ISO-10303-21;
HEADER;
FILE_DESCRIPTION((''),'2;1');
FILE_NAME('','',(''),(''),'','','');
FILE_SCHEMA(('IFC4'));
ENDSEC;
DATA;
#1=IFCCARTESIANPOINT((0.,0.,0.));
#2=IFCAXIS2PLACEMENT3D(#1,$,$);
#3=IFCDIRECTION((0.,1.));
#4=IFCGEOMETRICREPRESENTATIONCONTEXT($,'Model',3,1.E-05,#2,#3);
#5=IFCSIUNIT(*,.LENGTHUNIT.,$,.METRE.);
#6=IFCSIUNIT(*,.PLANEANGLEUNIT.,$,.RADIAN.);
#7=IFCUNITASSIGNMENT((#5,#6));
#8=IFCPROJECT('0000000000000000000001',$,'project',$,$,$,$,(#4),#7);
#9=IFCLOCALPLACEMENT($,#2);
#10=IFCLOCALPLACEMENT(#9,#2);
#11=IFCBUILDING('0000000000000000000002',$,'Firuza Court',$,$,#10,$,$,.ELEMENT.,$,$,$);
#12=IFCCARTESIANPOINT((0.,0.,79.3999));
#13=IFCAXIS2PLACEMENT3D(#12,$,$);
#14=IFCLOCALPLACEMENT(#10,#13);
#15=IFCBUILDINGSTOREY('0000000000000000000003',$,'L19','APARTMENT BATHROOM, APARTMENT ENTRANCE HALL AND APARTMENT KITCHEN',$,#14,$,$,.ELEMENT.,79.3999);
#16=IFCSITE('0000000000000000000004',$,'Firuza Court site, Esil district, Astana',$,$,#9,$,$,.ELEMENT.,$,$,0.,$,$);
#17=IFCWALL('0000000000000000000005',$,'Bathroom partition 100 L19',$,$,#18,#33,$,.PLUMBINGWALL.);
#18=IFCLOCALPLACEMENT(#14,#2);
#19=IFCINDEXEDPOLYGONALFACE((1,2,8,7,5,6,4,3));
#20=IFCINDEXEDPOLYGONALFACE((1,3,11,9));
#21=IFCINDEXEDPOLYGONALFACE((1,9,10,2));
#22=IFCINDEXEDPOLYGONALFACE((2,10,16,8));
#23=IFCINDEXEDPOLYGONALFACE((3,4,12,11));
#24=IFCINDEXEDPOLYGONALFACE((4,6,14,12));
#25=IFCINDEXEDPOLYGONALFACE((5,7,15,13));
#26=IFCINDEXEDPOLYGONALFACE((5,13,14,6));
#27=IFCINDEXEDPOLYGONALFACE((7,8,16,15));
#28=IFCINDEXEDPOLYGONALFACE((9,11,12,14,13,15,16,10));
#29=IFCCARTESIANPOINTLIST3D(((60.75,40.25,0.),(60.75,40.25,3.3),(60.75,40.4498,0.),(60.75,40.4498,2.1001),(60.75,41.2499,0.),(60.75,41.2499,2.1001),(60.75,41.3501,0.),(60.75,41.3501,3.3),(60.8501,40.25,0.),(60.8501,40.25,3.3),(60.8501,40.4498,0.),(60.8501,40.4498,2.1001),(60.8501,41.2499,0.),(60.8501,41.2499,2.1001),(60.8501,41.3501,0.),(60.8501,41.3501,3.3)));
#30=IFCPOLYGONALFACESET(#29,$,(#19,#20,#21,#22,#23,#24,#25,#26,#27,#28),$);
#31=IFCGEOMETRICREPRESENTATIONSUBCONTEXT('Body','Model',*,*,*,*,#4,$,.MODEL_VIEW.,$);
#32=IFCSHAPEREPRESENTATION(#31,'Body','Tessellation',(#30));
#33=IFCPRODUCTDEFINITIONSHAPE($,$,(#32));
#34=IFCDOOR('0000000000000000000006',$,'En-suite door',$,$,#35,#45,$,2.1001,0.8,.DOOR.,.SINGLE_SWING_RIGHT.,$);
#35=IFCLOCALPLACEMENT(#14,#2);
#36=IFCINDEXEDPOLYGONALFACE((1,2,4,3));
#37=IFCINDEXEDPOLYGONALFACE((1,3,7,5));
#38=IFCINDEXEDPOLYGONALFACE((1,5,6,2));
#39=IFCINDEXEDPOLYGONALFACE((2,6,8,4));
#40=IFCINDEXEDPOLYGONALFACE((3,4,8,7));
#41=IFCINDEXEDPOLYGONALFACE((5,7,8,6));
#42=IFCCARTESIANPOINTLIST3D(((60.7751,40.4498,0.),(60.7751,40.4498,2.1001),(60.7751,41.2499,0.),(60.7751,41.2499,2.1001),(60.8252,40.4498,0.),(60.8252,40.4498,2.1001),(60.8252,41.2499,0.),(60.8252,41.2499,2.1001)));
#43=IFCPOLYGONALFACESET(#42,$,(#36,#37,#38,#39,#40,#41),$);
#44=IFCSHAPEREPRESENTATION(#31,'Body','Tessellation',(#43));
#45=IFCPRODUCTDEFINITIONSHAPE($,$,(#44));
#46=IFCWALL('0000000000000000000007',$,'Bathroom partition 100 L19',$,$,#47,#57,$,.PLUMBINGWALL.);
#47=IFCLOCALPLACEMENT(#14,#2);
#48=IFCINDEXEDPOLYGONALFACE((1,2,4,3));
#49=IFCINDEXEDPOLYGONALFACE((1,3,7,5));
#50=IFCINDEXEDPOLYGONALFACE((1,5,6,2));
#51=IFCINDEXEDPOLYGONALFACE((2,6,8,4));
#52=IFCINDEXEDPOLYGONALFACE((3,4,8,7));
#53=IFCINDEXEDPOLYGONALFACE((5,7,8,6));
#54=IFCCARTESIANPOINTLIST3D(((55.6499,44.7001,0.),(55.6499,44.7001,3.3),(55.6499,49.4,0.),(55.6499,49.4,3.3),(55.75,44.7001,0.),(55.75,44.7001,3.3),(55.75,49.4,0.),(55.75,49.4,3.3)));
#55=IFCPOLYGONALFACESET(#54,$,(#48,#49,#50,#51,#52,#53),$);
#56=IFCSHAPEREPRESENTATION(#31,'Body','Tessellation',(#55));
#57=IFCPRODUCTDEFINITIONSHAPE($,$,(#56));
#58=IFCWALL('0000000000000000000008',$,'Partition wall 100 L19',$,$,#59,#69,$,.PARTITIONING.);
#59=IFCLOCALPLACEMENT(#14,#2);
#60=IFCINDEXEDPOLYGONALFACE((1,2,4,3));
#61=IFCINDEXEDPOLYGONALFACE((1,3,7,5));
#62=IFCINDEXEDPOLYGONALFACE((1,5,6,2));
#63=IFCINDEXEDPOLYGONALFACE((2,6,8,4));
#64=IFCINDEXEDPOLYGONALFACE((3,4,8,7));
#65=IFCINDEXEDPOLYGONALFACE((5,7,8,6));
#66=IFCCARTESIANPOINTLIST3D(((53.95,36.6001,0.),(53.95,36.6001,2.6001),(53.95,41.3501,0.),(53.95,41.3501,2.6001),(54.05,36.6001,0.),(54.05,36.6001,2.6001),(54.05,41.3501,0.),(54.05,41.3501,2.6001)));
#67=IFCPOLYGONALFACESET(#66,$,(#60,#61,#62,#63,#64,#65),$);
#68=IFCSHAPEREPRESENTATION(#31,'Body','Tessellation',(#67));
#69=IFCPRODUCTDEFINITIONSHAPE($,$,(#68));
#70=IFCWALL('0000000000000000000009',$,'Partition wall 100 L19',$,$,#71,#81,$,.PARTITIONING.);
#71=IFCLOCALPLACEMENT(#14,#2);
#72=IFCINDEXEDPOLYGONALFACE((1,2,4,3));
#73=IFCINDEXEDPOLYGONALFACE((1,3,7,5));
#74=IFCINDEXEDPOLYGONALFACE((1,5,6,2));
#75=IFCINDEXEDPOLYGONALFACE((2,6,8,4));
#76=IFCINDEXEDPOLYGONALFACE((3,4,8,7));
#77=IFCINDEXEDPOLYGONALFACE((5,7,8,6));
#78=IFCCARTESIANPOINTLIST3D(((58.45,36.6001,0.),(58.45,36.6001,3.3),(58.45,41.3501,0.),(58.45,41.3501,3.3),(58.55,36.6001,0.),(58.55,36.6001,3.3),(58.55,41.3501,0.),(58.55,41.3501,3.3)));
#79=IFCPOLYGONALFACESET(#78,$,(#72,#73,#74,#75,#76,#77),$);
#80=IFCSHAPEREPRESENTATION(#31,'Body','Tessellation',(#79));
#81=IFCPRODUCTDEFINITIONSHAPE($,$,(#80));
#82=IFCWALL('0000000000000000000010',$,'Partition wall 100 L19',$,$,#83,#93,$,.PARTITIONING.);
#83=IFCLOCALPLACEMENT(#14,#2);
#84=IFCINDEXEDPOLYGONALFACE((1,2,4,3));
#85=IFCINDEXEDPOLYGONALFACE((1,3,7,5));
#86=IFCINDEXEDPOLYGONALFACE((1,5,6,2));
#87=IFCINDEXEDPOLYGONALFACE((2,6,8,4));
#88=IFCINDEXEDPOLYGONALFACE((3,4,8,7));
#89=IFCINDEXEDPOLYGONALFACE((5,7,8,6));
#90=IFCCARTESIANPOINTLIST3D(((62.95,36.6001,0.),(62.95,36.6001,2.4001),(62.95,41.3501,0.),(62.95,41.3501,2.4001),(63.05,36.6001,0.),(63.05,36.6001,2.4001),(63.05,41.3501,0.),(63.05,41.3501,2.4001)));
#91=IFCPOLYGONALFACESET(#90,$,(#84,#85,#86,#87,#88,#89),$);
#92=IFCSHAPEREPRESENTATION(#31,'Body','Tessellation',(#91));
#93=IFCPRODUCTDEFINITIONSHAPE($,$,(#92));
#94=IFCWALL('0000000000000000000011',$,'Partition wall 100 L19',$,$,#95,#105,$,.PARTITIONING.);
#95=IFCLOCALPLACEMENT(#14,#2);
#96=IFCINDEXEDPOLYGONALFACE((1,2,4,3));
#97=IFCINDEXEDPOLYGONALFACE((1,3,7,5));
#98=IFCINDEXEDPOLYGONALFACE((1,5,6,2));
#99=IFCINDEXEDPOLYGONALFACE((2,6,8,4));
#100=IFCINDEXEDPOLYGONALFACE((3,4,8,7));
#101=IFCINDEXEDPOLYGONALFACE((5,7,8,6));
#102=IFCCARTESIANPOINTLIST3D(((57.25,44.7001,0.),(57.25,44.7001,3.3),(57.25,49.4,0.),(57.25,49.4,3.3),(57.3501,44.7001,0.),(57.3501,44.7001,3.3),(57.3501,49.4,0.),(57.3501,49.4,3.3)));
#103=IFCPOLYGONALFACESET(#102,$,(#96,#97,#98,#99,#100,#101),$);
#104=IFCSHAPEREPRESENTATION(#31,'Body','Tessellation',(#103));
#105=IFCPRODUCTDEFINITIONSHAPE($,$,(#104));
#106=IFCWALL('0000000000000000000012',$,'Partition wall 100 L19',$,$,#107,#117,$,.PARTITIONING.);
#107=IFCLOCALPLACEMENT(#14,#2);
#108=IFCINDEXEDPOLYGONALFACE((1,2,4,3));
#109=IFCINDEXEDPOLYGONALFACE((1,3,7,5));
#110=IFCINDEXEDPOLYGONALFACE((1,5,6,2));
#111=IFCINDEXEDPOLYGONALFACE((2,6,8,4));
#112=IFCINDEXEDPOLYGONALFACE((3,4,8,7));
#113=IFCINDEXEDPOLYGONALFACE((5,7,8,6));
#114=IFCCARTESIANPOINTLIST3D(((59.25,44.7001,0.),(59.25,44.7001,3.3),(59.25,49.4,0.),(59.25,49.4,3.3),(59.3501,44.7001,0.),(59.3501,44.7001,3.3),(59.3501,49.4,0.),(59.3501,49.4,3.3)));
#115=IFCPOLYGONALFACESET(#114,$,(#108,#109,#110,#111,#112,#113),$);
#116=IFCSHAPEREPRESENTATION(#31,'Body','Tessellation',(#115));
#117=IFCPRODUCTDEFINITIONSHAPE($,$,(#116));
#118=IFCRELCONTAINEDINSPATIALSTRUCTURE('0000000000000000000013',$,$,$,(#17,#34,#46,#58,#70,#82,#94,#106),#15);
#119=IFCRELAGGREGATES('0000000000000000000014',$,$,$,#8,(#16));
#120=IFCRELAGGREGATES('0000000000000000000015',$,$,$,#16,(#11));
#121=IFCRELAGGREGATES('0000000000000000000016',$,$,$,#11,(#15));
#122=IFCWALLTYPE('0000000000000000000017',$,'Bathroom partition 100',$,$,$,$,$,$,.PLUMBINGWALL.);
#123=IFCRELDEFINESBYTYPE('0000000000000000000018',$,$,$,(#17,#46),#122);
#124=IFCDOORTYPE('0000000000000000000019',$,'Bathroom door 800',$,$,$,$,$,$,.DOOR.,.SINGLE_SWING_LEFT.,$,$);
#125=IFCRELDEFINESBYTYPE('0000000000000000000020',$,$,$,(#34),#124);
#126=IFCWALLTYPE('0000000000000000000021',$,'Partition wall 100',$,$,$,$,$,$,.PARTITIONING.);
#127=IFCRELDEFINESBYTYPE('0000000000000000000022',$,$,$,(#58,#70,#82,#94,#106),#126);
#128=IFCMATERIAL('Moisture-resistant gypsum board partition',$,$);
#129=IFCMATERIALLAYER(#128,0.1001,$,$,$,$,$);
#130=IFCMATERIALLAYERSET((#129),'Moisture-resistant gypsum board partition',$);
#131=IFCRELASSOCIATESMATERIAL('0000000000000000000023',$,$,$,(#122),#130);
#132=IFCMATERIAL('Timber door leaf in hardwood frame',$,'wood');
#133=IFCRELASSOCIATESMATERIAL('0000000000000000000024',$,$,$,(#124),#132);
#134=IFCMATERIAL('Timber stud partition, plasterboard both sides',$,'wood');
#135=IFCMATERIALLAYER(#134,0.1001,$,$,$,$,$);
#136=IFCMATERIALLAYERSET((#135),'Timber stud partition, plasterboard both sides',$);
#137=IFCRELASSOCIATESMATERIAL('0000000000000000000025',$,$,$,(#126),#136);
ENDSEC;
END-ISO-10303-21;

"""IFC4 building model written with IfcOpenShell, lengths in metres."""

from ifc_helpers import new_model, si_unit, direction, frame, frame_2d, origin, place, context, subcontext, project, spatial, rectangle, extrude, material, layer, layer_set, type_object, element, fill, save


model = new_model("IFC4")

# Units and contexts
model_context = context("Model", 3, precision=1e-05, world=origin(), true_north=direction((0.0, 1.0)))
body_context = subcontext(model_context, "Body", "Model", "MODEL_VIEW")
ifc_project = project(units=[si_unit("LENGTHUNIT", "METRE"), si_unit("PLANEANGLEUNIT", "RADIAN")], contexts=[model_context])

# Site, building, storey
site_placement = place(None, origin())
site = spatial("IfcSite", under=ifc_project, at=site_placement, Name="Firuza Court site, Esil district, Astana", CompositionType="ELEMENT", RefElevation=0.0)
building_placement = place(site_placement, origin())
building = spatial("IfcBuilding", under=site, at=building_placement, Name="Firuza Court", CompositionType="ELEMENT")
storey_placement = place(building_placement, frame((0.0, 0.0, 79.3999)))
storey = spatial("IfcBuildingStorey", under=building, at=storey_placement, Name="L19", Description="APARTMENT BATHROOM, APARTMENT ENTRANCE HALL AND APARTMENT KITCHEN", CompositionType="ELEMENT", Elevation=79.3999)

# Shared definitions
ifc_material_1 = material(Name="Moisture-resistant gypsum board partition")
ifc_layer_1 = layer(ifc_material_1, 0.1001)
ifc_layer_set_1 = layer_set([ifc_layer_1], Name="Moisture-resistant gypsum board partition")
wall_type_1 = type_object("IfcWallType", Name="Bathroom partition 100", PredefinedType="PLUMBINGWALL", material=ifc_layer_set_1)

# Wall, opening, door
wall_1_placement = place(storey_placement, frame((60.8, 40.25, 0.0), z_axis=(0.0, 0.0, 1.0), x_axis=(0.0, 1.0, 0.0)))
wall_1 = element("IfcWall", 1, at=wall_1_placement, inside=storey, type_object=wall_type_1, Name="Bathroom partition 100 L19", PredefinedType="PLUMBINGWALL", context=body_context, shape_type="SweptSolid", body=[
    extrude(rectangle(XDim=1.1001, YDim=0.1001, at=frame_2d((0.55, 0.0))), origin(), (0.0, 0.0, 1.0), 3.3),
])
opening_1_placement = place(wall_1_placement, frame((0.2, 0.0, 0.0)))
opening_1 = element("IfcOpeningElement", 2, at=opening_1_placement, cuts=wall_1, PredefinedType="OPENING", context=body_context, shape_type="SweptSolid", body=[
    extrude(rectangle(XDim=0.8, YDim=2.1001, at=frame_2d((0.3999, 1.05))), frame((0.0, 0.062, 0.0), z_axis=(0.0, -1.0, 0.0), x_axis=(1.0, 0.0, 0.0)), (0.0, 0.0, 1.0), 0.124),
])
ifc_material_2 = material(Name="Timber door leaf in hardwood frame", Category="wood")
door_type = type_object("IfcDoorType", Name="Bathroom door 800", OperationType="SINGLE_SWING_LEFT", PredefinedType="DOOR", material=ifc_material_2)
door_placement = place(opening_1_placement, origin())
door = element("IfcDoor", 3, at=door_placement, inside=storey, type_object=door_type, Name="En-suite door", OperationType="SINGLE_SWING_RIGHT", OverallHeight=2.1001, OverallWidth=0.8, PredefinedType="DOOR", context=body_context, shape_type="SweptSolid", body=[
    extrude(rectangle(XDim=0.8, YDim=2.1001, at=frame_2d((0.3999, 1.05))), frame((0.0, 0.0249, 0.0), z_axis=(0.0, -1.0, 0.0), x_axis=(1.0, 0.0, 0.0)), (0.0, 0.0, 1.0), 0.05),
])
fill(opening_1, door)

# Walls
wall_2_placement = place(storey_placement, frame((55.7, 44.7, 0.0), z_axis=(0.0, 0.0, 1.0), x_axis=(0.0, 1.0, 0.0)))
element("IfcWall", 4, at=wall_2_placement, inside=storey, type_object=wall_type_1, Name="Bathroom partition 100 L19", PredefinedType="PLUMBINGWALL", context=body_context, shape_type="SweptSolid", body=[
    extrude(rectangle(XDim=4.7, YDim=0.1001, at=frame_2d((2.3501, 0.0))), origin(), (0.0, 0.0, 1.0), 3.3),
])
ifc_material_3 = material(Name="Timber stud partition, plasterboard both sides", Category="wood")
ifc_layer_2 = layer(ifc_material_3, 0.1001)
ifc_layer_set_2 = layer_set([ifc_layer_2], Name="Timber stud partition, plasterboard both sides")
wall_type_2 = type_object("IfcWallType", Name="Partition wall 100", PredefinedType="PARTITIONING", material=ifc_layer_set_2)
wall_3_placement = place(storey_placement, frame((54.0, 36.6001, 0.0), z_axis=(0.0, 0.0, 1.0), x_axis=(0.0, 1.0, 0.0)))
element("IfcWall", 5, at=wall_3_placement, inside=storey, type_object=wall_type_2, Name="Partition wall 100 L19", PredefinedType="PARTITIONING", context=body_context, shape_type="SweptSolid", body=[
    extrude(rectangle(XDim=4.75, YDim=0.1001, at=frame_2d((2.375, 0.0))), origin(), (0.0, 0.0, 1.0), 2.6001),
])
wall_4_placement = place(storey_placement, frame((58.5, 36.6001, 0.0), z_axis=(0.0, 0.0, 1.0), x_axis=(0.0, 1.0, 0.0)))
element("IfcWall", 6, at=wall_4_placement, inside=storey, type_object=wall_type_2, Name="Partition wall 100 L19", PredefinedType="PARTITIONING", context=body_context, shape_type="SweptSolid", body=[
    extrude(rectangle(XDim=4.75, YDim=0.1001, at=frame_2d((2.375, 0.0))), origin(), (0.0, 0.0, 1.0), 3.3),
])
wall_5_placement = place(storey_placement, frame((63.0, 36.6001, 0.0), z_axis=(0.0, 0.0, 1.0), x_axis=(0.0, 1.0, 0.0)))
element("IfcWall", 7, at=wall_5_placement, inside=storey, type_object=wall_type_2, Name="Partition wall 100 L19", PredefinedType="PARTITIONING", context=body_context, shape_type="SweptSolid", body=[
    extrude(rectangle(XDim=4.75, YDim=0.1001, at=frame_2d((2.375, 0.0))), origin(), (0.0, 0.0, 1.0), 2.4001),
])
for number, where, z_axis, x_axis, name in (
    (8, (57.3, 44.7, 0.0), (0.0, 0.0, 1.0), (0.0, 1.0, 0.0), "Partition wall 100 L19"),
    (9, (59.3, 44.7, 0.0), (0.0, 0.0, 1.0), (0.0, 1.0, 0.0), "Partition wall 100 L19"),
):
    element("IfcWall", number, at=place(storey_placement, frame(where, z_axis=z_axis, x_axis=x_axis)), inside=storey, type_object=wall_type_2, Name=name, PredefinedType="PARTITIONING", context=body_context, shape_type="SweptSolid", body=[
        extrude(rectangle(XDim=4.7, YDim=0.1001, at=frame_2d((2.3501, 0.0))), origin(), (0.0, 0.0, 1.0), 3.3),
    ])

save(model, "model.ifc")
